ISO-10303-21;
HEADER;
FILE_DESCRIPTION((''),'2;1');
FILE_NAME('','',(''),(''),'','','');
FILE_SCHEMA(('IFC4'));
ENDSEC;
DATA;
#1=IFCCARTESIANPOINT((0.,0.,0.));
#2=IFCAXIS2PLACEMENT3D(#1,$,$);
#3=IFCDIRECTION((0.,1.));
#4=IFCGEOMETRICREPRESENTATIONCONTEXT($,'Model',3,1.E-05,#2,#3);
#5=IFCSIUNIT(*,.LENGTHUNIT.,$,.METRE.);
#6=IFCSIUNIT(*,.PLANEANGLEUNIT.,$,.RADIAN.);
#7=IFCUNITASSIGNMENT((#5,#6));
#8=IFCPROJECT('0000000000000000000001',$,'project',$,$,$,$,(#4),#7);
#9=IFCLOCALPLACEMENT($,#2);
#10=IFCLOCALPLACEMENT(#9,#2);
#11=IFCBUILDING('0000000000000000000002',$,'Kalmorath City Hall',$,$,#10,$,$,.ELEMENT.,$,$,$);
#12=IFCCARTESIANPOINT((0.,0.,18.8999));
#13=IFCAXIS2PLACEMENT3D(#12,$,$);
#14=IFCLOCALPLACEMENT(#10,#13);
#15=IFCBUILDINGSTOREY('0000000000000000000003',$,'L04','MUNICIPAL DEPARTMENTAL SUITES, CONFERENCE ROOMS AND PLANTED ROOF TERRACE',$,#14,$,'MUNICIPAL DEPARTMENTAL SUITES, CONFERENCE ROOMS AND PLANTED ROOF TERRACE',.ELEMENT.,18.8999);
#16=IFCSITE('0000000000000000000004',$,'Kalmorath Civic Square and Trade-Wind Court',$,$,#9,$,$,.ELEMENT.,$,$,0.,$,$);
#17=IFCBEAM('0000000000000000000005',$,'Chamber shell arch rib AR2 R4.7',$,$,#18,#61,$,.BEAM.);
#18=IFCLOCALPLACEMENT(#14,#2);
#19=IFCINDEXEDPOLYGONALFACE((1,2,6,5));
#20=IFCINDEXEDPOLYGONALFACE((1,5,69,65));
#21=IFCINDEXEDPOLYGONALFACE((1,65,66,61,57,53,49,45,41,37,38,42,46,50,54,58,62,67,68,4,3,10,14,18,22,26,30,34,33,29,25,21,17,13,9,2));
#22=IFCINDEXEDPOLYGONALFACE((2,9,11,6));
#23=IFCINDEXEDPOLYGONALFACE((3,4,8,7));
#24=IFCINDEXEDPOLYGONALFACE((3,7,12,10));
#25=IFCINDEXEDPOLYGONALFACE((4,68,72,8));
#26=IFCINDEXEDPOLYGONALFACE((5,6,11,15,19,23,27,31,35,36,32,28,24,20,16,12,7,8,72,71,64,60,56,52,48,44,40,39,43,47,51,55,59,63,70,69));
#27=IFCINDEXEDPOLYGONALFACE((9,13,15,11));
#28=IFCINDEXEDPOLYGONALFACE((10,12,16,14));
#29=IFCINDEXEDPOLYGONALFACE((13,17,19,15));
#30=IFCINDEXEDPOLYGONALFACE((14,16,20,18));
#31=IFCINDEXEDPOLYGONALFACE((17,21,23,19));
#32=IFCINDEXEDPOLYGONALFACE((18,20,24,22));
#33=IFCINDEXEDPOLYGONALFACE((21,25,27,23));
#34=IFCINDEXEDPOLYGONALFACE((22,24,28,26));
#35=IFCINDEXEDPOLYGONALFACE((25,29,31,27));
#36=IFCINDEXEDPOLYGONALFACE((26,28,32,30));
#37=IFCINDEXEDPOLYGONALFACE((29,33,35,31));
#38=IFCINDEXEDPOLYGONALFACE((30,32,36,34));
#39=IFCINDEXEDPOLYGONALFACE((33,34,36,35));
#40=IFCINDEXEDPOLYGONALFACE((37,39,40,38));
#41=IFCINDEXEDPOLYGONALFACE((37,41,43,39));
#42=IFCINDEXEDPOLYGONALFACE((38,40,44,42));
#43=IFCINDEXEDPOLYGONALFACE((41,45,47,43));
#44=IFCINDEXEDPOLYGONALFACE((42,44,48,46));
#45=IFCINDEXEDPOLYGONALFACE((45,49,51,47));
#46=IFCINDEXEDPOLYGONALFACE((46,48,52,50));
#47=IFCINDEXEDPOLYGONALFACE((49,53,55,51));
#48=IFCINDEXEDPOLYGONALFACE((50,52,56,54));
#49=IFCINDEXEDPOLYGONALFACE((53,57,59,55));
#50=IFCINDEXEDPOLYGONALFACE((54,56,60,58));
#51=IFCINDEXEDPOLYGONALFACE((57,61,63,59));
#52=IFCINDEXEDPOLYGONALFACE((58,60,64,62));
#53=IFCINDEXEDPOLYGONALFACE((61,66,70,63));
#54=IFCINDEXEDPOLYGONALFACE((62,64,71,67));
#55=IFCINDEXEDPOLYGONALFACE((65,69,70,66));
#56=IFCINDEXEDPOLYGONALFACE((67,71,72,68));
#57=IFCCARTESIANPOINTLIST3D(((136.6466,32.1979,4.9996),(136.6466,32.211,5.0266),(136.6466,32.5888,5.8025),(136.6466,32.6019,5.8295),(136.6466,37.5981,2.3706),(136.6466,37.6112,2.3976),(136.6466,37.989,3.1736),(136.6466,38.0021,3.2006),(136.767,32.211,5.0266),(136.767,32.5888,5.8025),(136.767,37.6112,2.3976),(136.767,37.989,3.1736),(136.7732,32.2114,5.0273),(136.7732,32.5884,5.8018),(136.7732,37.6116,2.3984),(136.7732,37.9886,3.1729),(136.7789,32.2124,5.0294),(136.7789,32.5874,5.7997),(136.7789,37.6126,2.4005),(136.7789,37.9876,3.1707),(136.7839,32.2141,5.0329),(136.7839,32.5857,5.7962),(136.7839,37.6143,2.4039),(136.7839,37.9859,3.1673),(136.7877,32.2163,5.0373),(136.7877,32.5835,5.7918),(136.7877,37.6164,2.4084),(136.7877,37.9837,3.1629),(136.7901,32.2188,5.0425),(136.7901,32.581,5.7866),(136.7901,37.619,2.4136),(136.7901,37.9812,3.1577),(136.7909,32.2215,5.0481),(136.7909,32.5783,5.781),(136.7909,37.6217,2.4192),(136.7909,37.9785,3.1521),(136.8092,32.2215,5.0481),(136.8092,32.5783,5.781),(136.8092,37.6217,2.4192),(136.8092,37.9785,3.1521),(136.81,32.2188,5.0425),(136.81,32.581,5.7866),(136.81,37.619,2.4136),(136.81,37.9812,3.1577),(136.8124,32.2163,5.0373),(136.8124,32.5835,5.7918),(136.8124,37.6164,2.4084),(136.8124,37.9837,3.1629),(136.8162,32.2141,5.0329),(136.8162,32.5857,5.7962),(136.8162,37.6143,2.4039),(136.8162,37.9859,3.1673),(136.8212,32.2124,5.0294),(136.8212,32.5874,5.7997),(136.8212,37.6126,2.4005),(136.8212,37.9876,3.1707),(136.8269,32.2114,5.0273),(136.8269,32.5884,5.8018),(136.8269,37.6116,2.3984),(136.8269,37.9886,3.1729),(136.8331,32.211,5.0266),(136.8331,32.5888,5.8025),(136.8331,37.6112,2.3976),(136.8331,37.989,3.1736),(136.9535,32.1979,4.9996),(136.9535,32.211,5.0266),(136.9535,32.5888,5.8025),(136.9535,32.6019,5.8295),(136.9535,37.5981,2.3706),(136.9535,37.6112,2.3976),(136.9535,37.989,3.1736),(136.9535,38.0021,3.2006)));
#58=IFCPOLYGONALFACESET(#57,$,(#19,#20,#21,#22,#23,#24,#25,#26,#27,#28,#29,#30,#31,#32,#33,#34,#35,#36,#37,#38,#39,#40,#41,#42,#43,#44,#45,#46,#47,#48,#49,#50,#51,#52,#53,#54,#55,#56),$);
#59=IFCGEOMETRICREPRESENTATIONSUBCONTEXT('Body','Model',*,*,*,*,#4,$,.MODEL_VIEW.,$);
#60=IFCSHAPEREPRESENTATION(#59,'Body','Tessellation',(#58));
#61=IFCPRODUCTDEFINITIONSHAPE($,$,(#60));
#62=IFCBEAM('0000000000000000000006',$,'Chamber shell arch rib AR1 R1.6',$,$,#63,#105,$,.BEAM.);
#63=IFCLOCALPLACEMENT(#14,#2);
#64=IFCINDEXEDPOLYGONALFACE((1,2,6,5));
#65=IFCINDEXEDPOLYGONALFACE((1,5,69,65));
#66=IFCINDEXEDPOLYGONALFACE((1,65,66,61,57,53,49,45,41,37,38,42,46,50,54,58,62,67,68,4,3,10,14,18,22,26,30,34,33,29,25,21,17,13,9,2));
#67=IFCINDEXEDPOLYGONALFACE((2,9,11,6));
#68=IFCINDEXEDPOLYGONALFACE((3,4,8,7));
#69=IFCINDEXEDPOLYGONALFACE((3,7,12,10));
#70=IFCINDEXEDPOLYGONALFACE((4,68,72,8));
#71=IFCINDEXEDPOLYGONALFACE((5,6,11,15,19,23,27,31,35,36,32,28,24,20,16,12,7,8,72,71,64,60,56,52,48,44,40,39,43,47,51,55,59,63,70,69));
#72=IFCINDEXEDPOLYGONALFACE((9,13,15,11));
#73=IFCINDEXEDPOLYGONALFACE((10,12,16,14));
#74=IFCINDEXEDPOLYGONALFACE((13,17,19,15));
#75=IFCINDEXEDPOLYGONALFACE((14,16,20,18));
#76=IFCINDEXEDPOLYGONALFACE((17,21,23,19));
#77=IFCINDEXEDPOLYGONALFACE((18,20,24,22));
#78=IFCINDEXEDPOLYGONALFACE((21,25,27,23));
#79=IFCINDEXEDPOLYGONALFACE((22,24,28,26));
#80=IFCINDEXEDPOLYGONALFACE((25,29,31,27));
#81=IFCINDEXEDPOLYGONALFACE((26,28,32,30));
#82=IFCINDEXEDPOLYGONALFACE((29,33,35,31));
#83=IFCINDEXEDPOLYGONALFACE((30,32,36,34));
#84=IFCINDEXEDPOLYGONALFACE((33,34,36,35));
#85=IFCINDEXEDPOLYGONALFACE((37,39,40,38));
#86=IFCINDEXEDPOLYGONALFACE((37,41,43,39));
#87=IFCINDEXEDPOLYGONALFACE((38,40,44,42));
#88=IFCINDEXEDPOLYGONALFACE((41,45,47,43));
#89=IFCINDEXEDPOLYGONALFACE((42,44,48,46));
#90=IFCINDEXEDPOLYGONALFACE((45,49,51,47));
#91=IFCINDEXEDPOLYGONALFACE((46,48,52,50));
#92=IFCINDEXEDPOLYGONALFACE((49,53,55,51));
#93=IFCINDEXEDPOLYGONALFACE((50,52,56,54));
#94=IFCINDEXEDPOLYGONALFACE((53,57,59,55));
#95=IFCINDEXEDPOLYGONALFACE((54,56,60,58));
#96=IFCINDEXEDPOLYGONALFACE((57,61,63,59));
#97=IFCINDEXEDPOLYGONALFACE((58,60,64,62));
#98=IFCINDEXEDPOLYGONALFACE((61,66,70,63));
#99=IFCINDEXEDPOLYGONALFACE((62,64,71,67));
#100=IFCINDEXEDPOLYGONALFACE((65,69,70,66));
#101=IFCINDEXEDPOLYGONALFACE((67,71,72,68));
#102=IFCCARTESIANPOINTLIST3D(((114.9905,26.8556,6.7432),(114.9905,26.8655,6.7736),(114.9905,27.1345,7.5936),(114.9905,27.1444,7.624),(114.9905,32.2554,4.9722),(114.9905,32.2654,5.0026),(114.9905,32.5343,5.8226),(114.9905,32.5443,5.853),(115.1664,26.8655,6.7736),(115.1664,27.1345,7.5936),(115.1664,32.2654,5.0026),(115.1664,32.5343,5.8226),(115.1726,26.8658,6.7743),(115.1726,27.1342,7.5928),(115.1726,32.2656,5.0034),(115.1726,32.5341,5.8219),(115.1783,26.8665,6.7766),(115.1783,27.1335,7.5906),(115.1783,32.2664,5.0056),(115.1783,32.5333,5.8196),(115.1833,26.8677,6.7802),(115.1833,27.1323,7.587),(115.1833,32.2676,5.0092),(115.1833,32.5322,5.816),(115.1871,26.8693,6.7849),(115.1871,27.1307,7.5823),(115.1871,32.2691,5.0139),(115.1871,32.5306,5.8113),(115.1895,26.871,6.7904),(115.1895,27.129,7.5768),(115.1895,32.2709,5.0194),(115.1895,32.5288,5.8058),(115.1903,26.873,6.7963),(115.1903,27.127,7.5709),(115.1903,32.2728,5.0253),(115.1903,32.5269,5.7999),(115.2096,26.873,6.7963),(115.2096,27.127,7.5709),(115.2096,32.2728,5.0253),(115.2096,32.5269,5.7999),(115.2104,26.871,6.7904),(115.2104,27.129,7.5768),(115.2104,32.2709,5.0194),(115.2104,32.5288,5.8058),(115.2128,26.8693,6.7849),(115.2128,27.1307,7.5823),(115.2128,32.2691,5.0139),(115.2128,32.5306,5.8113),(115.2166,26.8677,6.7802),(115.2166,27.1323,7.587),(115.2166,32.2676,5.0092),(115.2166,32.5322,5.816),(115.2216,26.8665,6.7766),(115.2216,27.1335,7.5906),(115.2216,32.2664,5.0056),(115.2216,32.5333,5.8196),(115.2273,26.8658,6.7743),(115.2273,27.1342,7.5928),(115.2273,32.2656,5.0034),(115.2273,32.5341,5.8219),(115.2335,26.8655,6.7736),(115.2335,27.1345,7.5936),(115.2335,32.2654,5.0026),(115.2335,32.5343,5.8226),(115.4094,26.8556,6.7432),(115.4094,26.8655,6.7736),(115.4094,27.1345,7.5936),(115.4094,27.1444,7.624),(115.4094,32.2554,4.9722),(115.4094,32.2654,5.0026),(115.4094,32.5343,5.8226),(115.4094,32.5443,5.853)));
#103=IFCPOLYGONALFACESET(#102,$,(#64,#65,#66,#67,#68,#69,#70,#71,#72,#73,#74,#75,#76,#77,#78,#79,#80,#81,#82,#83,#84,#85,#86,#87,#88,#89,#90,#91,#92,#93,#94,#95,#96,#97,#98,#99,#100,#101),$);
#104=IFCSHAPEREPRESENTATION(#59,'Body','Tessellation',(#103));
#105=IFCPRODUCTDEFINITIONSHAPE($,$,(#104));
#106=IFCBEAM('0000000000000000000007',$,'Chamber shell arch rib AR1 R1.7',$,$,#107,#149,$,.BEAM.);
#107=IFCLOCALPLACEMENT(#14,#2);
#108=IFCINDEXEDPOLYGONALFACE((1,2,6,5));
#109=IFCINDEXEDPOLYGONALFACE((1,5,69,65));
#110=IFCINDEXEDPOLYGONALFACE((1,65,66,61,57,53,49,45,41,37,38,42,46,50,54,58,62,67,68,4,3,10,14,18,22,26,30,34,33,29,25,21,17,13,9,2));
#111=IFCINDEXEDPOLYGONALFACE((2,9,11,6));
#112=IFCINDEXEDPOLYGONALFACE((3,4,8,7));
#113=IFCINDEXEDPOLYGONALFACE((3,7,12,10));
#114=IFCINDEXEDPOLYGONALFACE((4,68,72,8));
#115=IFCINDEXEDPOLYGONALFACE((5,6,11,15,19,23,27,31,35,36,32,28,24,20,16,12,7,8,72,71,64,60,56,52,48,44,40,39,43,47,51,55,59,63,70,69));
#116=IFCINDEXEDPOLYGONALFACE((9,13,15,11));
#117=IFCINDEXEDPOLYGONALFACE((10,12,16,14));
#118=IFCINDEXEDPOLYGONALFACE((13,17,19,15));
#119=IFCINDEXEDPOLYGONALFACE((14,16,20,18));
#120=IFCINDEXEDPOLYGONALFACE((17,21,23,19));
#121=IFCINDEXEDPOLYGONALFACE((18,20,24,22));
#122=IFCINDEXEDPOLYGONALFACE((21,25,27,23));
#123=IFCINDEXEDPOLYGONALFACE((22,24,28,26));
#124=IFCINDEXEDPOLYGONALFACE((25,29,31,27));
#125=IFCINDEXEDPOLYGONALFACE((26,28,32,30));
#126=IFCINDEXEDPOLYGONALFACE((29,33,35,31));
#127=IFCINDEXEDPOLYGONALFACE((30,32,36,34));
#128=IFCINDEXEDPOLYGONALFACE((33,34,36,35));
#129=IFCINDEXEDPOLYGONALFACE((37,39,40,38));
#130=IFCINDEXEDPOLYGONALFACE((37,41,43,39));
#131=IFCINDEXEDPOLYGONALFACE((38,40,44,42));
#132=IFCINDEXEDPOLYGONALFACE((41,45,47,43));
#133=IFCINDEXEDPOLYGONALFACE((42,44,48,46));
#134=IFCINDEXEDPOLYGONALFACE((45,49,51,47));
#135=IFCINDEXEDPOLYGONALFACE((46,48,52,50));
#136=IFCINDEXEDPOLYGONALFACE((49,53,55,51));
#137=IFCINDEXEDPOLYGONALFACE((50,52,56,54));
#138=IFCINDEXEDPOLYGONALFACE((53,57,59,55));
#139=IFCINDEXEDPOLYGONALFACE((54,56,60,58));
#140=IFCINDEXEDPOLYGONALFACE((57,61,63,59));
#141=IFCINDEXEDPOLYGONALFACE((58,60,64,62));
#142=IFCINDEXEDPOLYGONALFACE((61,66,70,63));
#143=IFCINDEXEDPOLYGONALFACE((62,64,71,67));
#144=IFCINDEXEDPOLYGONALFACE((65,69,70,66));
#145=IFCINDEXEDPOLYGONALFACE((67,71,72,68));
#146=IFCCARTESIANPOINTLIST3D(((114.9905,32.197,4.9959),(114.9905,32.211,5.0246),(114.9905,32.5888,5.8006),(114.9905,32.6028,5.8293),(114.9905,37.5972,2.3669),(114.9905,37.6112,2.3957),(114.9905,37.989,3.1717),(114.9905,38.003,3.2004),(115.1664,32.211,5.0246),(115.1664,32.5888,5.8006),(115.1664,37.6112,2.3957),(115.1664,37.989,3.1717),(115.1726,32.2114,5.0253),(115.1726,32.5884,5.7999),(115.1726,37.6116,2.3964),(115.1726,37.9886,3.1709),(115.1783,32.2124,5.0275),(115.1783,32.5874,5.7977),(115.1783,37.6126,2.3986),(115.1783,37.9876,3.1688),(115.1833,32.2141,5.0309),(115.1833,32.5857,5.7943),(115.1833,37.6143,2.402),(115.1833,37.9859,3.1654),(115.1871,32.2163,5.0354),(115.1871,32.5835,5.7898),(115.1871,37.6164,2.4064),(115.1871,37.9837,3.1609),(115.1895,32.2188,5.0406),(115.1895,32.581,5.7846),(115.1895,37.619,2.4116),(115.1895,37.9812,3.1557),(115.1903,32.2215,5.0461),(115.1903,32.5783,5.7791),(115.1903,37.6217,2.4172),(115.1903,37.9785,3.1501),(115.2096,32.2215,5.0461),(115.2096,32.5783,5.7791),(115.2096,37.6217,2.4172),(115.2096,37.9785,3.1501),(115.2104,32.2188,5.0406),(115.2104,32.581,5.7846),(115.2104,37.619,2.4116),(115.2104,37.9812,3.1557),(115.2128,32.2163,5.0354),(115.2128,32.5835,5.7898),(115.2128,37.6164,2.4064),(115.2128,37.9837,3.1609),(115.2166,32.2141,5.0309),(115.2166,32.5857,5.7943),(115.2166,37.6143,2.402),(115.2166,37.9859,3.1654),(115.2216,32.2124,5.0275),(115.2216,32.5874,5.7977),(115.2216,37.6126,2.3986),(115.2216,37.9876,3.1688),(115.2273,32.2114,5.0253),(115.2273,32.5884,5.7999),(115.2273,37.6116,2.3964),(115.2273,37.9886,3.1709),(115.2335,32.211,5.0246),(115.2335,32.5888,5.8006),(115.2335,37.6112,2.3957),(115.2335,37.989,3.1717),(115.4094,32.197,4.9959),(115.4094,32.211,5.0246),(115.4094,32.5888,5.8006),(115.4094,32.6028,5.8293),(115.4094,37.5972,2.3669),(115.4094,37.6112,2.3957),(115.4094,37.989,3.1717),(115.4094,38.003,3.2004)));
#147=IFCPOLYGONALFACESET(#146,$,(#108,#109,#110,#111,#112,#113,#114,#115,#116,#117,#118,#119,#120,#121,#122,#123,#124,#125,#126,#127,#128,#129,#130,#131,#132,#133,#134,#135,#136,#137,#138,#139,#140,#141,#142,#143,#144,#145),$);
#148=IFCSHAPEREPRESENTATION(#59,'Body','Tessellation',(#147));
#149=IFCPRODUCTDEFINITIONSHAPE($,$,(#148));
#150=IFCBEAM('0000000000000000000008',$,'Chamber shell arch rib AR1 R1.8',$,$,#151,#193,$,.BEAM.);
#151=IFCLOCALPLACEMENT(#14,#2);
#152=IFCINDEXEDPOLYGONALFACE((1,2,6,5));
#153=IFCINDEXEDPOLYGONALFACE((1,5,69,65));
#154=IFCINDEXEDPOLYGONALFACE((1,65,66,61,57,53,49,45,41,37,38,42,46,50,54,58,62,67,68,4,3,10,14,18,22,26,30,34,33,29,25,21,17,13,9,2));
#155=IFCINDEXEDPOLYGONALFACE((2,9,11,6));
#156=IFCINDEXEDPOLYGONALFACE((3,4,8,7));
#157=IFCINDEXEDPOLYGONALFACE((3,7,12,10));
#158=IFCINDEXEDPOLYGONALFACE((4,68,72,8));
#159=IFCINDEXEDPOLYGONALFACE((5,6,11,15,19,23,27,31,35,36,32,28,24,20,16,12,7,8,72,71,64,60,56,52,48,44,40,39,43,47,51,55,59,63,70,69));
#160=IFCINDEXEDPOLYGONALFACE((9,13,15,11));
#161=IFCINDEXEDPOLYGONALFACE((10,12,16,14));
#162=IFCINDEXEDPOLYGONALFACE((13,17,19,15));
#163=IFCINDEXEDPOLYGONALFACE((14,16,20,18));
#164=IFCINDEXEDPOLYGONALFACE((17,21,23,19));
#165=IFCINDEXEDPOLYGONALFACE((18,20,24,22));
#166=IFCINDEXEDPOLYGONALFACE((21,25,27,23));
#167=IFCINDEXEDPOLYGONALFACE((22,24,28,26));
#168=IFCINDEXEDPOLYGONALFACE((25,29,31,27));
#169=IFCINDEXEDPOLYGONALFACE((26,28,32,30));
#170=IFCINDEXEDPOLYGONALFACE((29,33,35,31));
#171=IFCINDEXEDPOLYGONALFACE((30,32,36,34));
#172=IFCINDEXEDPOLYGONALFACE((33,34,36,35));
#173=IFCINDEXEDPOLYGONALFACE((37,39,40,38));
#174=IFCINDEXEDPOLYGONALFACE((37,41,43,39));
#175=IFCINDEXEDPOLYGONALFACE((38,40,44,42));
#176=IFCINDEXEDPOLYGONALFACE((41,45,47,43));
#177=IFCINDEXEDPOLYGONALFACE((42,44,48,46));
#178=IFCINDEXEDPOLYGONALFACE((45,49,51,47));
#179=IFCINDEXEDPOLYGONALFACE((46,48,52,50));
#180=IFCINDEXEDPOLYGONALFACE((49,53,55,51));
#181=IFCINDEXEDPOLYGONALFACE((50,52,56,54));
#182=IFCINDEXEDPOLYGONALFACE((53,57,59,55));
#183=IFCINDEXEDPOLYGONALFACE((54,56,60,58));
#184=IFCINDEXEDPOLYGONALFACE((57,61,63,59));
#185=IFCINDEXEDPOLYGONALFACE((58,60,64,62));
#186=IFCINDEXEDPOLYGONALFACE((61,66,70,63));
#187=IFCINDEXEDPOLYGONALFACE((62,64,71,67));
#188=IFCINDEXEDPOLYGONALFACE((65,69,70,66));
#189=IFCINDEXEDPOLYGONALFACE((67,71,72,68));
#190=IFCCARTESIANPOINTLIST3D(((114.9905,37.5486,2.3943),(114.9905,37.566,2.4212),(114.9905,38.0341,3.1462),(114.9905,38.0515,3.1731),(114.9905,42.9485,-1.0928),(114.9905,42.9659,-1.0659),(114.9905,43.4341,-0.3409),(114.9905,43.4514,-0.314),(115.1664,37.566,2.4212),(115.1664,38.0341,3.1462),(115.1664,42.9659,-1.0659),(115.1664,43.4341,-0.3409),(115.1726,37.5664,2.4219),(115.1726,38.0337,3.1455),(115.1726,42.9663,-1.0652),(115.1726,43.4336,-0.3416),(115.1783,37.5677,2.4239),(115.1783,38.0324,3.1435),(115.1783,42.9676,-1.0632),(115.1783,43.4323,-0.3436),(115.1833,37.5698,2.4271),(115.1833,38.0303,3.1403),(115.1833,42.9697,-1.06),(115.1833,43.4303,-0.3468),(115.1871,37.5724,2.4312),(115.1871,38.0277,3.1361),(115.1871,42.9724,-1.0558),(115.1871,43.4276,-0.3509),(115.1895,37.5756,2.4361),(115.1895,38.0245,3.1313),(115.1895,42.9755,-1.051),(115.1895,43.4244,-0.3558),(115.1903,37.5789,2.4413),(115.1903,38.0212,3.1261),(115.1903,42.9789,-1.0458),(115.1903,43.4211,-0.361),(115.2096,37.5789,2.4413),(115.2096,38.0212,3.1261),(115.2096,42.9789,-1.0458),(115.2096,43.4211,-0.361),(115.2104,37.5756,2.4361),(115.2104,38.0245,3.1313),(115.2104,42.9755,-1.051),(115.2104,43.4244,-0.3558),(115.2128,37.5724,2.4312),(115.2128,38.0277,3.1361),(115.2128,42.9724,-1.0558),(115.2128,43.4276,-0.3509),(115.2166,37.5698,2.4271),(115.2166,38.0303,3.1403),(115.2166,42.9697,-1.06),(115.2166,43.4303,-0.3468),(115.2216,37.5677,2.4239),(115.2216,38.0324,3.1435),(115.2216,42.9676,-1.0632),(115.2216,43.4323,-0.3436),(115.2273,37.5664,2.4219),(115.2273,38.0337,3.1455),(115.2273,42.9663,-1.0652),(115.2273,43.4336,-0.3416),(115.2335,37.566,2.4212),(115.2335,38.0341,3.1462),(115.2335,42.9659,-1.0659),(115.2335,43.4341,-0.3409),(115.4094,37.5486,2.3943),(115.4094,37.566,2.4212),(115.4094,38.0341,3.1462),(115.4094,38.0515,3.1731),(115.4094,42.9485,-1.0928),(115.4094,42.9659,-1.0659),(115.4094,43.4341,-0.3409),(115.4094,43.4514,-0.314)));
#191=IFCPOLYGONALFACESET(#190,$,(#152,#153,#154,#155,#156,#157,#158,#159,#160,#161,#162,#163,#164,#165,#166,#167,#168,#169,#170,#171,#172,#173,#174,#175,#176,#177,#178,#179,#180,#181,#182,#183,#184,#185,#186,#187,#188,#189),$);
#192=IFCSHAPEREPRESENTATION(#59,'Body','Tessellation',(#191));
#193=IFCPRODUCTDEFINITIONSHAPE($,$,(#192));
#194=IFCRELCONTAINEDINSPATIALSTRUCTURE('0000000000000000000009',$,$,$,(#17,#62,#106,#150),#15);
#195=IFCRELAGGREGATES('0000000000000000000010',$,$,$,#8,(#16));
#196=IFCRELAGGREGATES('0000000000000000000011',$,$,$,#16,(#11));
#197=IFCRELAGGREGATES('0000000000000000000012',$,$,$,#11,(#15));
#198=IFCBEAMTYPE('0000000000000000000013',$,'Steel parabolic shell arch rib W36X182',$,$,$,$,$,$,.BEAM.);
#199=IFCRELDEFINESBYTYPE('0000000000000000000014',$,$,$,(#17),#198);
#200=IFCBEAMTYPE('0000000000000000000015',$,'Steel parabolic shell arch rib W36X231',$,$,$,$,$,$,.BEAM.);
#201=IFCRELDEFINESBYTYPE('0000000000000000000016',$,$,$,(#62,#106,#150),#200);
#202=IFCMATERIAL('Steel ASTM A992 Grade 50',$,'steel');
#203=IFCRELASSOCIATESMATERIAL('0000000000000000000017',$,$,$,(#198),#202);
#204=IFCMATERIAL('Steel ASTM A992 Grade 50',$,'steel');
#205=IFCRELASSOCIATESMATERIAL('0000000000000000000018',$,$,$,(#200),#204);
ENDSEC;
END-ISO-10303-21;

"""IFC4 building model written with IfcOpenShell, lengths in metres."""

from ifc_helpers import new_model, si_unit, direction, frame, origin, origin_2d, place, context, subcontext, project, spatial, i_section, extrude, material, material_profile, profile_set, type_object, element, save


model = new_model("IFC4")

# Units and contexts
model_context = context("Model", 3, precision=1e-05, world=origin(), true_north=direction((0.0, 1.0)))
body_context = subcontext(model_context, "Body", "Model", "MODEL_VIEW")
ifc_project = project(units=[si_unit("LENGTHUNIT", "METRE"), si_unit("PLANEANGLEUNIT", "RADIAN")], contexts=[model_context])

# Site, building, storey
site_placement = place(None, origin())
site = spatial("IfcSite", under=ifc_project, at=site_placement, Name="Kalmorath Civic Square and Trade-Wind Court", CompositionType="ELEMENT", RefElevation=0.0)
building_placement = place(site_placement, origin())
building = spatial("IfcBuilding", under=site, at=building_placement, Name="Kalmorath City Hall", CompositionType="ELEMENT")
storey_placement = place(building_placement, frame((0.0, 0.0, 18.8999)))
storey = spatial("IfcBuildingStorey", under=building, at=storey_placement, Name="L04", Description="MUNICIPAL DEPARTMENTAL SUITES, CONFERENCE ROOMS AND PLANTED ROOF TERRACE", LongName="MUNICIPAL DEPARTMENTAL SUITES, CONFERENCE ROOMS AND PLANTED ROOF TERRACE", CompositionType="ELEMENT", Elevation=18.8999)

# Beams
ifc_material_1 = material(Name="Steel ASTM A992 Grade 50", Category="steel")
ifc_material_profile_1 = material_profile(ifc_material_1, i_section(OverallWidth=0.3069, OverallDepth=0.9231, WebThickness=0.0183, FlangeThickness=0.03, FilletRadius=0.0239, at=origin_2d()), Name="W36X182")
ifc_profile_set_1 = profile_set([ifc_material_profile_1], Name="Steel ASTM A992 Grade 50")
beam_type_1 = type_object("IfcBeamType", Name="Steel parabolic shell arch rib W36X182", PredefinedType="BEAM", material=ifc_profile_set_1)
beam_1_placement = place(storey_placement, frame((136.8, 32.3999, 5.4146), z_axis=(0.0, 0.899117, -0.437709), x_axis=(-1.0, 0.0, 0.0)))
element("IfcBeam", 1, at=beam_1_placement, inside=storey, type_object=beam_type_1, Name="Chamber shell arch rib AR2 R4.7", PredefinedType="BEAM", context=body_context, shape_type="SweptSolid", body=[
    extrude(i_section(OverallWidth=0.3069, OverallDepth=0.9231, WebThickness=0.0183, FlangeThickness=0.03, FilletRadius=0.0239, at=origin_2d()), origin(), (0.0, 0.0, 1.0), 6.0061),
])
ifc_material_2 = material(Name="Steel ASTM A992 Grade 50", Category="steel")
ifc_material_profile_2 = material_profile(ifc_material_2, i_section(OverallWidth=0.4189, OverallDepth=0.927, WebThickness=0.0193, FlangeThickness=0.032, FilletRadius=0.0239, at=origin_2d()), Name="W36X231")
ifc_profile_set_2 = profile_set([ifc_material_profile_2], Name="Steel ASTM A992 Grade 50")
beam_type_2 = type_object("IfcBeamType", Name="Steel parabolic shell arch rib W36X231", PredefinedType="BEAM", material=ifc_profile_set_2)
beam_2_placement = place(storey_placement, frame((115.2, 27.0, 7.1836), z_axis=(0.0, 0.950202, -0.311636), x_axis=(-1.0, 0.0, 0.0)))
element("IfcBeam", 2, at=beam_2_placement, inside=storey, type_object=beam_type_2, Name="Chamber shell arch rib AR1 R1.6", PredefinedType="BEAM", context=body_context, shape_type="SweptSolid", body=[
    extrude(i_section(OverallWidth=0.4189, OverallDepth=0.927, WebThickness=0.0193, FlangeThickness=0.032, FilletRadius=0.0239, at=origin_2d()), origin(), (0.0, 0.0, 1.0), 5.6829),
])
beam_3_placement = place(storey_placement, frame((115.2, 32.3999, 5.4126), z_axis=(0.0, 0.899117, -0.437709), x_axis=(-1.0, 0.0, 0.0)))
element("IfcBeam", 3, at=beam_3_placement, inside=storey, type_object=beam_type_2, Name="Chamber shell arch rib AR1 R1.7", PredefinedType="BEAM", context=body_context, shape_type="SweptSolid", body=[
    extrude(i_section(OverallWidth=0.4189, OverallDepth=0.927, WebThickness=0.0193, FlangeThickness=0.032, FilletRadius=0.0239, at=origin_2d()), origin(), (0.0, 0.0, 1.0), 6.0061),
])
beam_4_placement = place(storey_placement, frame((115.2, 37.8, 2.7837), z_axis=(0.0, 0.840066, -0.542484), x_axis=(-1.0, 0.0, 0.0)))
element("IfcBeam", 4, at=beam_4_placement, inside=storey, type_object=beam_type_2, Name="Chamber shell arch rib AR1 R1.8", PredefinedType="BEAM", context=body_context, shape_type="SweptSolid", body=[
    extrude(i_section(OverallWidth=0.4189, OverallDepth=0.927, WebThickness=0.0193, FlangeThickness=0.032, FilletRadius=0.0239, at=origin_2d()), origin(), (0.0, 0.0, 1.0), 6.428),
])

save(model, "model.ifc")
